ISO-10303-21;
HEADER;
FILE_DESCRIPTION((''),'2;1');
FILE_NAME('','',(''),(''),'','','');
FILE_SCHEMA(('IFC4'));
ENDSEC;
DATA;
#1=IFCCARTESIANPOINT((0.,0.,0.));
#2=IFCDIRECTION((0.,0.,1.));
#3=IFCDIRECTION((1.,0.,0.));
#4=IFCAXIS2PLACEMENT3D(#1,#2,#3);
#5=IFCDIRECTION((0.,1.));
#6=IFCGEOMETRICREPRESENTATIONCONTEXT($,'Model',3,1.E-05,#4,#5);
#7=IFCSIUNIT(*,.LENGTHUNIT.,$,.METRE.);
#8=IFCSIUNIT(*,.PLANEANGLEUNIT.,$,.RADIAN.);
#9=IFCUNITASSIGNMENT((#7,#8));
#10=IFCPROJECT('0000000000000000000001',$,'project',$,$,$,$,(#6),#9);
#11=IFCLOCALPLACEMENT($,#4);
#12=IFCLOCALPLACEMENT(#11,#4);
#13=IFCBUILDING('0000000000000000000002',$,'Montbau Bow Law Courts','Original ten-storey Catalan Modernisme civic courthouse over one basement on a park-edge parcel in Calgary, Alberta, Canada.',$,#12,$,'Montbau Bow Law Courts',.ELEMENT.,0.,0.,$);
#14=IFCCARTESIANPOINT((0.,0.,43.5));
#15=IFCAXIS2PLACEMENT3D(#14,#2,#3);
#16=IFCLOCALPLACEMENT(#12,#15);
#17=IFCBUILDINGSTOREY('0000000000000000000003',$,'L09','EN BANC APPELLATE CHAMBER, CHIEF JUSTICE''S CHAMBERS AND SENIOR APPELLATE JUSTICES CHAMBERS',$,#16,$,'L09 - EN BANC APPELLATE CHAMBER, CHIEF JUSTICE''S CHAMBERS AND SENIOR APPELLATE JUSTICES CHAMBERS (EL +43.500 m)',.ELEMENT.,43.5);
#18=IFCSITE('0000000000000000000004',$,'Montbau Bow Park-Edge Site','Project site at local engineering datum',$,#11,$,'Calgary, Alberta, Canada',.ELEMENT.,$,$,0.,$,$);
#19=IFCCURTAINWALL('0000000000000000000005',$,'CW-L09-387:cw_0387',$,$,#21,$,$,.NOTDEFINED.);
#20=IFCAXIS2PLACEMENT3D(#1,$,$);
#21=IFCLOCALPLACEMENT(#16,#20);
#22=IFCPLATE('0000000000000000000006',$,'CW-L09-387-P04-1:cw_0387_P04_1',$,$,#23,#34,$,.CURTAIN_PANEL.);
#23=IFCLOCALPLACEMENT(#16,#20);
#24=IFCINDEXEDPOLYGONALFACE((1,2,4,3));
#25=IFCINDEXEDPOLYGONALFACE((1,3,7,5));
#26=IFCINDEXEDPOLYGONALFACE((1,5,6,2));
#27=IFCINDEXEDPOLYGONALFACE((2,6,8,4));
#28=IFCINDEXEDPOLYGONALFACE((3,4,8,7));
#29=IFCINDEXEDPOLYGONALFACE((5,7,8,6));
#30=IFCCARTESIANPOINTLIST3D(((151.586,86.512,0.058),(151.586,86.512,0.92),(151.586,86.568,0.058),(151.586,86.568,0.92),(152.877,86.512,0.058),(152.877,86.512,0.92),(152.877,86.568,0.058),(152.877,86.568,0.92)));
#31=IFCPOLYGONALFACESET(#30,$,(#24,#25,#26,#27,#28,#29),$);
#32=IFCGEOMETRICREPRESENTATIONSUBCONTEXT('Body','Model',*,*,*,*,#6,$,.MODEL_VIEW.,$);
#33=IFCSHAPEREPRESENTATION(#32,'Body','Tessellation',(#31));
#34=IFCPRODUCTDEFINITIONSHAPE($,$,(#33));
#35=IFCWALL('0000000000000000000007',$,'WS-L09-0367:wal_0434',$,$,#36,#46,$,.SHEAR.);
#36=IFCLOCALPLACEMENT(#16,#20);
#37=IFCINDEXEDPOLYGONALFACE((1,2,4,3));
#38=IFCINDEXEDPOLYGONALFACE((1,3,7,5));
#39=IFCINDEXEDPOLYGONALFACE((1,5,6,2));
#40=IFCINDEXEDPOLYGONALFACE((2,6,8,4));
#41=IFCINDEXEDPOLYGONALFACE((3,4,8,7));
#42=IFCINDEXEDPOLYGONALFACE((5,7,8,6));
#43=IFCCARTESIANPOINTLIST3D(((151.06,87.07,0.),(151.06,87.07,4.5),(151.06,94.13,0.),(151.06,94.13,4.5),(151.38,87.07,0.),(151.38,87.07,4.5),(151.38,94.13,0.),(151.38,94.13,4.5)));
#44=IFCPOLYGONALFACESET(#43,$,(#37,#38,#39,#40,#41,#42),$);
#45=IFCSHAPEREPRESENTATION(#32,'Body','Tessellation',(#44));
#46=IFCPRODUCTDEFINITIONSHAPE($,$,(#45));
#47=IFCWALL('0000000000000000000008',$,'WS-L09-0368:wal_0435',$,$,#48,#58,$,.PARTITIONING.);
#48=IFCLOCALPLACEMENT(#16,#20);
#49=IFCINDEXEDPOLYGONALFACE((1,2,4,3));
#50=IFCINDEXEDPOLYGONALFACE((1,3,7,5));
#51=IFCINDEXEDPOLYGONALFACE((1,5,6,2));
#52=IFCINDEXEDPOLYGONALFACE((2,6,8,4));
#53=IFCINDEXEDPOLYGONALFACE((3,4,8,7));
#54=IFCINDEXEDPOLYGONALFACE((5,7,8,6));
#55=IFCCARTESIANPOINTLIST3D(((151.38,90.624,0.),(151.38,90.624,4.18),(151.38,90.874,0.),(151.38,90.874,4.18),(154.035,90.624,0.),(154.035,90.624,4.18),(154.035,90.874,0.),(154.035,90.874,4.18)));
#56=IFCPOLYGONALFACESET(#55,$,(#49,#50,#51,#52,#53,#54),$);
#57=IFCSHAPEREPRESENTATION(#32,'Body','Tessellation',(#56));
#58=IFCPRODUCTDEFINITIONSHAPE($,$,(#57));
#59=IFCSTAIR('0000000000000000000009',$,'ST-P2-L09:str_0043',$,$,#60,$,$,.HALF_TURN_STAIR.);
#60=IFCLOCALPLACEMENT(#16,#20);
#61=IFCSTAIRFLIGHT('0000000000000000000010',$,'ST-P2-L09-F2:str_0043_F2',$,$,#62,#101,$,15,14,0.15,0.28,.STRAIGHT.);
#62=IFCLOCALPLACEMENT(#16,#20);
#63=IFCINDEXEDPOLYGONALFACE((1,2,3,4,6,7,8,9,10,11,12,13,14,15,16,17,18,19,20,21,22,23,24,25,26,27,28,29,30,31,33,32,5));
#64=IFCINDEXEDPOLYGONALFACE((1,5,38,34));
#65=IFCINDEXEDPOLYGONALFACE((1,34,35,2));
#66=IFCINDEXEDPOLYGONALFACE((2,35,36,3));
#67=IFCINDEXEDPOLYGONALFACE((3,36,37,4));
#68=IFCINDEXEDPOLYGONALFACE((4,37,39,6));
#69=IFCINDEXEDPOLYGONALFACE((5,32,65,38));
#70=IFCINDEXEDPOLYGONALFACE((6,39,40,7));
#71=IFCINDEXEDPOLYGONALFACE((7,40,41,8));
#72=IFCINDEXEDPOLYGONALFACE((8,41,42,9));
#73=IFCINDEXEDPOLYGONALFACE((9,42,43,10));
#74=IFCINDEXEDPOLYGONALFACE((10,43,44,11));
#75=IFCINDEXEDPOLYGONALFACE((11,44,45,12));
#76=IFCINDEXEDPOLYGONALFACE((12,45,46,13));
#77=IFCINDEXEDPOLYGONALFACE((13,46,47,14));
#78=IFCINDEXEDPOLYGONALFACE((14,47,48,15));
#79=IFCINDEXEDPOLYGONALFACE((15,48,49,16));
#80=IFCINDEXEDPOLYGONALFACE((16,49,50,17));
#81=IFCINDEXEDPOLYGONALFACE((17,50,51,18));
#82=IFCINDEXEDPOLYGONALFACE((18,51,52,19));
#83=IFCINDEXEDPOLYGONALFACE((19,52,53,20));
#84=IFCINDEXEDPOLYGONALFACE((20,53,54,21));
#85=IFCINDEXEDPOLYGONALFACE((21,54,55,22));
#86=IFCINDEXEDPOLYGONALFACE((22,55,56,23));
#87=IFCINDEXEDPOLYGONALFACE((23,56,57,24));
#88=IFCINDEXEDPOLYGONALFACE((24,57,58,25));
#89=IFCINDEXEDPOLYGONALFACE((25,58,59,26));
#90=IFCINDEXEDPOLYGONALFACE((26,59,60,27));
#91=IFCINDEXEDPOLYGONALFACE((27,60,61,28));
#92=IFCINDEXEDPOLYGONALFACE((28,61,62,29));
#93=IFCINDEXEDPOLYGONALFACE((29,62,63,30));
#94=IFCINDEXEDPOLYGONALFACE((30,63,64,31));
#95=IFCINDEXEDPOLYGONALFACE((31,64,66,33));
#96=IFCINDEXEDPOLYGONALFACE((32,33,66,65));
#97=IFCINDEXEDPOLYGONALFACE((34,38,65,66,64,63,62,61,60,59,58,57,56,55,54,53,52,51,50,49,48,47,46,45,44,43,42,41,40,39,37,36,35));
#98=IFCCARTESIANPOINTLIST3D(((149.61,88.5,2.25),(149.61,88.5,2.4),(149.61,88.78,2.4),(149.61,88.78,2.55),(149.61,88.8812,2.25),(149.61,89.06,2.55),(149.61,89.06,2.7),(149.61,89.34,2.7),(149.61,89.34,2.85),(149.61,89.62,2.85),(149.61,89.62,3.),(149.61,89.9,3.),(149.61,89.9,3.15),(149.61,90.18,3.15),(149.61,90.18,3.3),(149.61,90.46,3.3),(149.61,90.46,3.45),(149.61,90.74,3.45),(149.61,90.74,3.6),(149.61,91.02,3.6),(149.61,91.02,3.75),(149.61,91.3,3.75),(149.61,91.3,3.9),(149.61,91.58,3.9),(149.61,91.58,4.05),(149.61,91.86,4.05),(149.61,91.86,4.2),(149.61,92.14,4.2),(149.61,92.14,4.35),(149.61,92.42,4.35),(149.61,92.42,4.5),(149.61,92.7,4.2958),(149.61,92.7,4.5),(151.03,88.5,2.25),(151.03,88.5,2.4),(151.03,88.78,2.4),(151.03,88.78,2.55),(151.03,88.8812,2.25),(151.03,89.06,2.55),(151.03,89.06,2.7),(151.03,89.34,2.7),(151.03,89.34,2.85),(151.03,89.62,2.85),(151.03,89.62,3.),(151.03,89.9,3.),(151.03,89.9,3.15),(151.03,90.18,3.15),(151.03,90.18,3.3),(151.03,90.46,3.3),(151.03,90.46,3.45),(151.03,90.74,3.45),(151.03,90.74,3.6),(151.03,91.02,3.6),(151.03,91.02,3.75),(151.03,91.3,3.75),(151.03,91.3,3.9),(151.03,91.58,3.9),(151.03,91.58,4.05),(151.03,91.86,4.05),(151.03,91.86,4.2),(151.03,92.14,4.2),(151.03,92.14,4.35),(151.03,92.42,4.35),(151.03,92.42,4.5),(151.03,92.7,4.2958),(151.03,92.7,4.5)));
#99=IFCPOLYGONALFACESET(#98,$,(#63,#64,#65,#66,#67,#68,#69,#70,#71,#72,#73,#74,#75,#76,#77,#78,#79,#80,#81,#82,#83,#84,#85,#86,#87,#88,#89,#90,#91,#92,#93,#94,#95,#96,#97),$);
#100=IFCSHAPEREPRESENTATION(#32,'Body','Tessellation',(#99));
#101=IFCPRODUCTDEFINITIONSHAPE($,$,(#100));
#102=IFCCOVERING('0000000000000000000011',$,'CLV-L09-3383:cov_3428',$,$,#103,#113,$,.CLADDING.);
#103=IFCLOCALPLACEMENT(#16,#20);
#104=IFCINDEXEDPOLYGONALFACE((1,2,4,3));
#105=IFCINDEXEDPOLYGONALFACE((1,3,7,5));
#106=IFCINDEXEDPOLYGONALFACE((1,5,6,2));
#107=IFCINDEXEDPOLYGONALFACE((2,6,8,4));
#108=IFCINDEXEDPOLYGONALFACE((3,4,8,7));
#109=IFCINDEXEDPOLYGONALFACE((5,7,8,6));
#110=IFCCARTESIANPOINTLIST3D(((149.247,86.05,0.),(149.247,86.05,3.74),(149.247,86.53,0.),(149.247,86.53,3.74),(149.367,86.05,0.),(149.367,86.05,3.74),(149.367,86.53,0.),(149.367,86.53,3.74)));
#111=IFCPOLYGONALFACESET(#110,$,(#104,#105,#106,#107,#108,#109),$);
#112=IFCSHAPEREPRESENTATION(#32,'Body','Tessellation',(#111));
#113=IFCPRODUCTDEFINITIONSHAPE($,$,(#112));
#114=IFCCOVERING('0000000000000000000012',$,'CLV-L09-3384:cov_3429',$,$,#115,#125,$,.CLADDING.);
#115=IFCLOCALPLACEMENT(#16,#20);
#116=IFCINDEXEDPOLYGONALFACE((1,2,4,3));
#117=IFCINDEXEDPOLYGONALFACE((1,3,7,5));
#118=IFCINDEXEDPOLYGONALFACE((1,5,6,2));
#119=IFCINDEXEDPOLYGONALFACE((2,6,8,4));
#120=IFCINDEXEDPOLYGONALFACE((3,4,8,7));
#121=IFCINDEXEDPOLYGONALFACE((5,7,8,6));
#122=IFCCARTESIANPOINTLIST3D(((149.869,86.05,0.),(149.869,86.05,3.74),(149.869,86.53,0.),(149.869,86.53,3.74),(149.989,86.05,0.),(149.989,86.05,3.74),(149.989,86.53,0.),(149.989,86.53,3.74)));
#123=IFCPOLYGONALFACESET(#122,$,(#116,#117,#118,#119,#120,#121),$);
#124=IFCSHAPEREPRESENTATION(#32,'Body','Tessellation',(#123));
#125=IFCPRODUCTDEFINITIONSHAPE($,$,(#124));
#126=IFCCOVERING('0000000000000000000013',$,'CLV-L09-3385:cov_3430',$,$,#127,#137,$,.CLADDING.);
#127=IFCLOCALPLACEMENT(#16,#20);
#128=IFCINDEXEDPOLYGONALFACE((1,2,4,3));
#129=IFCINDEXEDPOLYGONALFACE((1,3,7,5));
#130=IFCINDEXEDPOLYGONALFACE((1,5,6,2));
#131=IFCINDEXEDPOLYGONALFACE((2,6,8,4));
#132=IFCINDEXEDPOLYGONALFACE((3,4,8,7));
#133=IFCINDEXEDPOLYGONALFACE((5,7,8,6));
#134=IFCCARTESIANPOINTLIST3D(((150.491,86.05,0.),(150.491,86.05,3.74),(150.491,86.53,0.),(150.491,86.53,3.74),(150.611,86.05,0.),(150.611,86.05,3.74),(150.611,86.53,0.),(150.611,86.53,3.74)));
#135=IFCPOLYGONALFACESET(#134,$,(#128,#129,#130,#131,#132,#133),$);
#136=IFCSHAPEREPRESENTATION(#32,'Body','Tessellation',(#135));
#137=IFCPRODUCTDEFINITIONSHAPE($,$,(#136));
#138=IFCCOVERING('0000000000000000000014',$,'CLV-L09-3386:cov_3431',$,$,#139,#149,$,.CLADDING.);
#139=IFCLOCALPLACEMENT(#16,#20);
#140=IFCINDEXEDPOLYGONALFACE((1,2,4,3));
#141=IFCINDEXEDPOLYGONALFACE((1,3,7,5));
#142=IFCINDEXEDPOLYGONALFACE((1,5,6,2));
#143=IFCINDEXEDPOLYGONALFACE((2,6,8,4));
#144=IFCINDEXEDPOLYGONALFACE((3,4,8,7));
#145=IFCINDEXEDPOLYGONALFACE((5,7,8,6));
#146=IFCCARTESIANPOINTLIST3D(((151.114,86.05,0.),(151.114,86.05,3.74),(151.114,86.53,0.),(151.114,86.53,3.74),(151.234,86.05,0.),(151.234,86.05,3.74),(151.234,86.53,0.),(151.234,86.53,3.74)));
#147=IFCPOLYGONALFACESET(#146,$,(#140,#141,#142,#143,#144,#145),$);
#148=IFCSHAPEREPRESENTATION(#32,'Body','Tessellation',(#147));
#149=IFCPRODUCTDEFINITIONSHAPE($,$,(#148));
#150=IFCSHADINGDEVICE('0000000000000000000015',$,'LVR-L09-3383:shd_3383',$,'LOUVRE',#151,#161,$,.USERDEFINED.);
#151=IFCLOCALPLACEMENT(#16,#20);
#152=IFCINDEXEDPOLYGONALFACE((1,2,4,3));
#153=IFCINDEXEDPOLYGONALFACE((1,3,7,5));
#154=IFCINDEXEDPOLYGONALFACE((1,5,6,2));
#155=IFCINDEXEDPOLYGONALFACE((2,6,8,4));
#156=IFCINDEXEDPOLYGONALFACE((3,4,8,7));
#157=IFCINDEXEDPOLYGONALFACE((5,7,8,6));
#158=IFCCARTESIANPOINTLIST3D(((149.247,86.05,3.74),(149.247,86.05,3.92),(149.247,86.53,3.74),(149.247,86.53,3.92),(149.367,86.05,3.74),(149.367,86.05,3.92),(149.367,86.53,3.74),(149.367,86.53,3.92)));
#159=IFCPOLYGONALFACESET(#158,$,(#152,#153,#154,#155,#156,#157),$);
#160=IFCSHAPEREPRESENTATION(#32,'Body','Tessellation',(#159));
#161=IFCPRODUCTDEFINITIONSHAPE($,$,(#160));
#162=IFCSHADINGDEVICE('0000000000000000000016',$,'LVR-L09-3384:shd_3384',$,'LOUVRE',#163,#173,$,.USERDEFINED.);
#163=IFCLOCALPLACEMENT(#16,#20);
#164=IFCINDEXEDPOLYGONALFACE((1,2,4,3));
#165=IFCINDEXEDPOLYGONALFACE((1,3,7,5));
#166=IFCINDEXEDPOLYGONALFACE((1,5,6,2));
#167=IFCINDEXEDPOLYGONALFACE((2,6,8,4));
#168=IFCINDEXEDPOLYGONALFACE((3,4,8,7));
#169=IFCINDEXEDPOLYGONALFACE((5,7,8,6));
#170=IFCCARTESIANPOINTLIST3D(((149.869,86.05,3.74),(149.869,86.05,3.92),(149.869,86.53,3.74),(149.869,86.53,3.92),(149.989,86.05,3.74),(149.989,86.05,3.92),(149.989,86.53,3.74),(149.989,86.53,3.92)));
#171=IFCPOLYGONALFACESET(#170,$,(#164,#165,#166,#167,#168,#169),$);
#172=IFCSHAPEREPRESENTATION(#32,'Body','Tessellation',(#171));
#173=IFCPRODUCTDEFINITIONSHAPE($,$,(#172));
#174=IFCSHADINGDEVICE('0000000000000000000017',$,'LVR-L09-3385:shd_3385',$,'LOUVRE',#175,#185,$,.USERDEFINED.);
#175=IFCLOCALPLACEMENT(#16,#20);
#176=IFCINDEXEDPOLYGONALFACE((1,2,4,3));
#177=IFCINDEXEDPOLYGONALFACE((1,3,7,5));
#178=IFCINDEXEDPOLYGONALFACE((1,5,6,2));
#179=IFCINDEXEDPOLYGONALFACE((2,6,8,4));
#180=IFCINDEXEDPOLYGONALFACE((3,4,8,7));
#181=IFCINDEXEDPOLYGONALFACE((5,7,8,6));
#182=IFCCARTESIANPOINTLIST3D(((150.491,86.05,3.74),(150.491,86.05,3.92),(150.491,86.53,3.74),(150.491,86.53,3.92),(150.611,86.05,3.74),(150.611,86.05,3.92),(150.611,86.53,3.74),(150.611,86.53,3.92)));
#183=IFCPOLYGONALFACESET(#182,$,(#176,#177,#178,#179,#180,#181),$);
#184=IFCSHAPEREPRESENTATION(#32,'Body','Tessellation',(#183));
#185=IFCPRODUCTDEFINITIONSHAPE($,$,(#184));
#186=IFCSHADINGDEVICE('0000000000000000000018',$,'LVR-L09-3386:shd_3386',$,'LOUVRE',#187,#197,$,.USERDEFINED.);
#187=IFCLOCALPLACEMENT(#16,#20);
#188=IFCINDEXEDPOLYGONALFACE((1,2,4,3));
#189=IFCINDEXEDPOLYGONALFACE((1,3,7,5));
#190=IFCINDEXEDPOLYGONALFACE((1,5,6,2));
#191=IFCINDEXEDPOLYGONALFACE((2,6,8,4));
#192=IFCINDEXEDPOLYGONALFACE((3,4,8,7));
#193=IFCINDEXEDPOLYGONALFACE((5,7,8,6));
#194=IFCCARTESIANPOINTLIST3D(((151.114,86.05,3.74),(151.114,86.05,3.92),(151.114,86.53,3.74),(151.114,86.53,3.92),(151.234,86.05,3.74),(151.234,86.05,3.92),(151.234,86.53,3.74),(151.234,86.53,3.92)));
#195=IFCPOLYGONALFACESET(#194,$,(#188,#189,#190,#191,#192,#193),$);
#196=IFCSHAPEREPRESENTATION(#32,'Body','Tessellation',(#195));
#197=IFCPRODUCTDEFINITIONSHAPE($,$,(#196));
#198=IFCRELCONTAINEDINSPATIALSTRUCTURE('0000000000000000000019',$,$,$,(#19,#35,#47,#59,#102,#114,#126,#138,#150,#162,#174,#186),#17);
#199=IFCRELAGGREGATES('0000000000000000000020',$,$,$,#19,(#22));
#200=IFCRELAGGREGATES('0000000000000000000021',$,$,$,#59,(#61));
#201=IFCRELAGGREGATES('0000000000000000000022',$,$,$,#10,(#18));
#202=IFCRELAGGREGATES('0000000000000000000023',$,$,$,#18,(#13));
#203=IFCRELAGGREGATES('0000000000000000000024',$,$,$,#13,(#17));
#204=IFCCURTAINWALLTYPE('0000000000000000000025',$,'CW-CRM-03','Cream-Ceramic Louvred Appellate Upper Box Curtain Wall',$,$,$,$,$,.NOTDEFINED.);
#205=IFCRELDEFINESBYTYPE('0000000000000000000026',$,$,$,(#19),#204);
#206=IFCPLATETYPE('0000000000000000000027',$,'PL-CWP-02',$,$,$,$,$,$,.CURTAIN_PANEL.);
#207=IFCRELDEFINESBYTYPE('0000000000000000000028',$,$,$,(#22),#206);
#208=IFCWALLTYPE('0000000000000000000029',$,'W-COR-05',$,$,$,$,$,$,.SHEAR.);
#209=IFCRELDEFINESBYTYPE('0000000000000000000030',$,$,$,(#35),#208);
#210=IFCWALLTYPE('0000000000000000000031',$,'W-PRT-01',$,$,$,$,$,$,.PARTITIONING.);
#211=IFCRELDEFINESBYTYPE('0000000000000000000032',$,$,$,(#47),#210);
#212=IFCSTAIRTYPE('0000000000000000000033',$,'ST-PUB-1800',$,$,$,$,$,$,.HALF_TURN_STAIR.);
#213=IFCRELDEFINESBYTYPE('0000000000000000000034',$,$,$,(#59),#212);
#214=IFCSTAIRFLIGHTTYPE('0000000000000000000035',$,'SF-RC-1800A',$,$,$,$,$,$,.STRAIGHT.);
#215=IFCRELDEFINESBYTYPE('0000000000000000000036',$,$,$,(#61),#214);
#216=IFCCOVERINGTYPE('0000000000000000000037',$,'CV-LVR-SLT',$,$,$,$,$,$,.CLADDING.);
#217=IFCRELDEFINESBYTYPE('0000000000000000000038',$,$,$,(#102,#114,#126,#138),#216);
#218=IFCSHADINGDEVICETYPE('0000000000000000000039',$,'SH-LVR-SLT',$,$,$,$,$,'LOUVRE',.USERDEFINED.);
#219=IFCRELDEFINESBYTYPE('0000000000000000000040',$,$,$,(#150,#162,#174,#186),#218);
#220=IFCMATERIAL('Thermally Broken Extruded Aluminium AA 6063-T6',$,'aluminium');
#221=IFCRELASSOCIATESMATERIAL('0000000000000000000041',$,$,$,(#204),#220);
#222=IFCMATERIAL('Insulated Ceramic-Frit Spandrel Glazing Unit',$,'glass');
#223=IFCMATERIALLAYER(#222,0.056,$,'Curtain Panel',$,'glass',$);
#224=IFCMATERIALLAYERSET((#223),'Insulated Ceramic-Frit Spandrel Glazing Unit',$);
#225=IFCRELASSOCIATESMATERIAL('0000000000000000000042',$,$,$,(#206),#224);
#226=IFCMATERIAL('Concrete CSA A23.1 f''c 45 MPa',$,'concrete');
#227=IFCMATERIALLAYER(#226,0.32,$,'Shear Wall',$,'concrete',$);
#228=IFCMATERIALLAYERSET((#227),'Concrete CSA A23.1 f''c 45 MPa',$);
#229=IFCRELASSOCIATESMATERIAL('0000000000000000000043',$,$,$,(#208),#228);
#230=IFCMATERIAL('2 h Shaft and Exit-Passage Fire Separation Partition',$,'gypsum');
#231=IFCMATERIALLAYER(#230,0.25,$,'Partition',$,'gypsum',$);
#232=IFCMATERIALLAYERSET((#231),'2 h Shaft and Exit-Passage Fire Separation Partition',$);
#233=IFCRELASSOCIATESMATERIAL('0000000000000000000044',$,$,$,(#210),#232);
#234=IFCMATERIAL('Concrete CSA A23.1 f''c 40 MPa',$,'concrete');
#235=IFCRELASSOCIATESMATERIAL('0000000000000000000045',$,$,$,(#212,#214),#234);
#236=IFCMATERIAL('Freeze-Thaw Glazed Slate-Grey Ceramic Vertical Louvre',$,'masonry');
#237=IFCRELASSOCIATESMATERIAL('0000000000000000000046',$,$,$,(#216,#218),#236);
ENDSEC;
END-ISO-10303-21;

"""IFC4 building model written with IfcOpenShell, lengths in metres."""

from ifc_helpers import new_model, si_unit, direction, frame, frame_2d, origin_with_axes, origin_2d_with_axis, place, context, subcontext, project, spatial, polyline, rectangle, outline, extrude, material, layer, layer_set, type_object, element, aggregate, save


model = new_model("IFC4")

# Units and contexts
model_context = context("Model", 3, precision=1e-05, world=origin_with_axes(), true_north=direction((0.0, 1.0)))
body_context = subcontext(model_context, "Body", "Model", "MODEL_VIEW")
ifc_project = project(units=[si_unit("LENGTHUNIT", "METRE"), si_unit("PLANEANGLEUNIT", "RADIAN")], contexts=[model_context])

# Site, building, storey
site_placement = place(None, origin_with_axes())
site = spatial("IfcSite", under=ifc_project, at=site_placement, Name="Montbau Bow Park-Edge Site", Description="Project site at local engineering datum", LongName="Calgary, Alberta, Canada", CompositionType="ELEMENT", RefElevation=0.0)
building_placement = place(site_placement, origin_with_axes())
building = spatial("IfcBuilding", under=site, at=building_placement, Name="Montbau Bow Law Courts", Description="Original ten-storey Catalan Modernisme civic courthouse over one basement on a park-edge parcel in Calgary, Alberta, Canada.", LongName="Montbau Bow Law Courts", CompositionType="ELEMENT", ElevationOfRefHeight=0.0, ElevationOfTerrain=0.0)
storey_placement = place(building_placement, frame((0.0, 0.0, 43.5), z_axis=(0.0, 0.0, 1.0), x_axis=(1.0, 0.0, 0.0)))
storey = spatial("IfcBuildingStorey", under=building, at=storey_placement, Name="L09", Description="EN BANC APPELLATE CHAMBER, CHIEF JUSTICE'S CHAMBERS AND SENIOR APPELLATE JUSTICES CHAMBERS", LongName="L09 - EN BANC APPELLATE CHAMBER, CHIEF JUSTICE'S CHAMBERS AND SENIOR APPELLATE JUSTICES CHAMBERS (EL +43.500 m)", CompositionType="ELEMENT", Elevation=43.5)

# Curtain wall, plate
ifc_material_1 = material(Name="Thermally Broken Extruded Aluminium AA 6063-T6", Category="aluminium")
curtain_wall_type = type_object("IfcCurtainWallType", Name="CW-CRM-03", Description="Cream-Ceramic Louvred Appellate Upper Box Curtain Wall", PredefinedType="NOTDEFINED", material=ifc_material_1)
curtain_wall_placement = place(None, frame((147.44, 86.54, 43.5), z_axis=(0.0, 0.0, 1.0), x_axis=(1.0, 0.0, 0.0)))
curtain_wall = element("IfcCurtainWall", 1, at=curtain_wall_placement, inside=storey, type_object=curtain_wall_type, Name="CW-L09-387:cw_0387", PredefinedType="NOTDEFINED")
ifc_material_2 = material(Name="Insulated Ceramic-Frit Spandrel Glazing Unit", Category="glass")
ifc_layer_1 = layer(ifc_material_2, 0.056, Name="Curtain Panel", Category="glass")
ifc_layer_set_1 = layer_set([ifc_layer_1], Name="Insulated Ceramic-Frit Spandrel Glazing Unit")
plate_type_1 = type_object("IfcPlateType", Name="PL-CWP-02", PredefinedType="CURTAIN_PANEL", material=ifc_layer_set_1)
plate_1_placement = place(None, frame((151.586, 86.54, 43.558), z_axis=(0.0, -1.0, 0.0), x_axis=(1.0, 0.0, 0.0)))
plate_1 = element("IfcPlate", 2, at=plate_1_placement, type_object=plate_type_1, Name="CW-L09-387-P04-1:cw_0387_P04_1", PredefinedType="CURTAIN_PANEL", context=body_context, shape_type="SweptSolid", body=[
    extrude(rectangle(XDim=1.291, YDim=0.862, at=frame_2d((0.6455, 0.431), x_axis=(1.0, 0.0))), frame((0.0, 0.0, -0.028), z_axis=(0.0, 0.0, 1.0), x_axis=(1.0, 0.0, 0.0)), (0.0, 0.0, 1.0), 0.056),
])
aggregate(curtain_wall, [plate_1])

# Walls
ifc_material_3 = material(Name="Concrete CSA A23.1 f'c 45 MPa", Category="concrete")
ifc_layer_2 = layer(ifc_material_3, 0.32, Name="Shear Wall", Category="concrete")
ifc_layer_set_2 = layer_set([ifc_layer_2], Name="Concrete CSA A23.1 f'c 45 MPa")
wall_type_1 = type_object("IfcWallType", Name="W-COR-05", PredefinedType="SHEAR", material=ifc_layer_set_2)
wall_1_placement = place(None, frame((151.22, 87.07, 43.5), z_axis=(0.0, 0.0, 1.0), x_axis=(0.0, 1.0, 0.0)))
element("IfcWall", 3, at=wall_1_placement, inside=storey, type_object=wall_type_1, Name="WS-L09-0367:wal_0434", PredefinedType="SHEAR", context=body_context, shape_type="SweptSolid", body=[
    extrude(rectangle(XDim=7.06, YDim=0.32, at=frame_2d((3.53, 0.0), x_axis=(1.0, 0.0))), origin_with_axes(), (0.0, 0.0, 1.0), 4.5),
])
ifc_material_4 = material(Name="2 h Shaft and Exit-Passage Fire Separation Partition", Category="gypsum")
ifc_layer_3 = layer(ifc_material_4, 0.25, Name="Partition", Category="gypsum")
ifc_layer_set_3 = layer_set([ifc_layer_3], Name="2 h Shaft and Exit-Passage Fire Separation Partition")
wall_type_2 = type_object("IfcWallType", Name="W-PRT-01", PredefinedType="PARTITIONING", material=ifc_layer_set_3)
wall_2_placement = place(None, frame((151.38, 90.749, 43.5), z_axis=(0.0, 0.0, 1.0), x_axis=(1.0, 0.0, 0.0)))
element("IfcWall", 4, at=wall_2_placement, inside=storey, type_object=wall_type_2, Name="WS-L09-0368:wal_0435", PredefinedType="PARTITIONING", context=body_context, shape_type="SweptSolid", body=[
    extrude(rectangle(XDim=2.655, YDim=0.25, at=frame_2d((1.3275, 0.0), x_axis=(1.0, 0.0))), origin_with_axes(), (0.0, 0.0, 1.0), 4.18),
])

# Stair, stair flight
ifc_material_5 = material(Name="Concrete CSA A23.1 f'c 40 MPa", Category="concrete")
stair_type = type_object("IfcStairType", Name="ST-PUB-1800", PredefinedType="HALF_TURN_STAIR", material=ifc_material_5)
stair_placement = place(None, frame((148.505, 92.7, 43.5), z_axis=(0.0, 0.0, 1.0), x_axis=(1.0, 0.0, 0.0)))
stair = element("IfcStair", 5, at=stair_placement, inside=storey, type_object=stair_type, Name="ST-P2-L09:str_0043", PredefinedType="HALF_TURN_STAIR")
stair_flight_type = type_object("IfcStairFlightType", Name="SF-RC-1800A", PredefinedType="STRAIGHT", material=ifc_material_5)
stair_flight_placement = place(None, frame((150.32, 88.5, 45.75), z_axis=(0.0, 0.0, 1.0), x_axis=(0.0, 1.0, 0.0)))
stair_flight = element("IfcStairFlight", 6, at=stair_flight_placement, type_object=stair_flight_type, Name="ST-P2-L09-F2:str_0043_F2", NumberOfRisers=15, NumberOfTreads=14, PredefinedType="STRAIGHT", RiserHeight=0.15, TreadLength=0.28, context=body_context, shape_type="SweptSolid", body=[
    extrude(outline(polyline([(0.0, 0.0), (0.0, 0.15), (0.28, 0.15), (0.28, 0.3), (0.56, 0.3), (0.56, 0.45), (0.84, 0.45), (0.84, 0.6), (1.12, 0.6), (1.12, 0.75), (1.4, 0.75), (1.4, 0.9), (1.68, 0.9), (1.68, 1.05), (1.96, 1.05), (1.96, 1.2), (2.24, 1.2), (2.24, 1.35), (2.52, 1.35), (2.52, 1.5), (2.8, 1.5), (2.8, 1.65), (3.08, 1.65), (3.08, 1.8), (3.36, 1.8), (3.36, 1.95), (3.64, 1.95), (3.64, 2.1), (3.92, 2.1), (3.92, 2.25), (4.2, 2.25), (4.2, 2.0458), (0.3812, 0.0), (0.0, 0.0)])), frame((0.0, 0.71, 0.0), z_axis=(0.0, -1.0, 0.0), x_axis=(1.0, 0.0, 0.0)), (0.0, 0.0, 1.0), 1.42),
])
aggregate(stair, [stair_flight])

# Coverings
ifc_material_6 = material(Name="Freeze-Thaw Glazed Slate-Grey Ceramic Vertical Louvre", Category="masonry")
covering_type = type_object("IfcCoveringType", Name="CV-LVR-SLT", PredefinedType="CLADDING", material=ifc_material_6)
for number, where, z_axis, x_axis, name in (
    (7, (149.307, 86.53, 43.5), (-1.0, 0.0, 0.0), (0.0, -1.0, 0.0), "CLV-L09-3383:cov_3428"),
    (8, (149.929, 86.53, 43.5), (-1.0, 0.0, 0.0), (0.0, -1.0, 0.0), "CLV-L09-3384:cov_3429"),
    (9, (150.551, 86.53, 43.5), (-1.0, 0.0, 0.0), (0.0, -1.0, 0.0), "CLV-L09-3385:cov_3430"),
    (10, (151.174, 86.53, 43.5), (-1.0, 0.0, 0.0), (0.0, -1.0, 0.0), "CLV-L09-3386:cov_3431"),
):
    element("IfcCovering", number, at=place(None, frame(where, z_axis=z_axis, x_axis=x_axis)), inside=storey, type_object=covering_type, Name=name, PredefinedType="CLADDING", context=body_context, shape_type="SweptSolid", body=[
        extrude(rectangle(XDim=0.48, YDim=3.74, at=frame_2d((0.24, 1.87), x_axis=(1.0, 0.0))), frame((0.0, 0.0, -0.06), z_axis=(0.0, 0.0, 1.0), x_axis=(1.0, 0.0, 0.0)), (0.0, 0.0, 1.0), 0.12),
    ])

# Shading devices
shading_device_type = type_object("IfcShadingDeviceType", Name="SH-LVR-SLT", ElementType="LOUVRE", PredefinedType="USERDEFINED", material=ifc_material_6)
for number, where, z_axis, x_axis, name in (
    (11, (149.307, 86.29, 47.24), (0.0, 0.0, 1.0), (0.0, -1.0, 0.0), "LVR-L09-3383:shd_3383"),
    (12, (149.929, 86.29, 47.24), (0.0, 0.0, 1.0), (0.0, -1.0, 0.0), "LVR-L09-3384:shd_3384"),
    (13, (150.551, 86.29, 47.24), (0.0, 0.0, 1.0), (0.0, -1.0, 0.0), "LVR-L09-3385:shd_3385"),
    (14, (151.174, 86.29, 47.24), (0.0, 0.0, 1.0), (0.0, -1.0, 0.0), "LVR-L09-3386:shd_3386"),
):
    element("IfcShadingDevice", number, at=place(None, frame(where, z_axis=z_axis, x_axis=x_axis)), inside=storey, type_object=shading_device_type, Name=name, ObjectType="LOUVRE", PredefinedType="USERDEFINED", context=body_context, shape_type="SweptSolid", body=[
        extrude(rectangle(XDim=0.48, YDim=0.12, at=origin_2d_with_axis()), origin_with_axes(), (0.0, 0.0, 1.0), 0.18),
    ])

save(model, "model.ifc")
